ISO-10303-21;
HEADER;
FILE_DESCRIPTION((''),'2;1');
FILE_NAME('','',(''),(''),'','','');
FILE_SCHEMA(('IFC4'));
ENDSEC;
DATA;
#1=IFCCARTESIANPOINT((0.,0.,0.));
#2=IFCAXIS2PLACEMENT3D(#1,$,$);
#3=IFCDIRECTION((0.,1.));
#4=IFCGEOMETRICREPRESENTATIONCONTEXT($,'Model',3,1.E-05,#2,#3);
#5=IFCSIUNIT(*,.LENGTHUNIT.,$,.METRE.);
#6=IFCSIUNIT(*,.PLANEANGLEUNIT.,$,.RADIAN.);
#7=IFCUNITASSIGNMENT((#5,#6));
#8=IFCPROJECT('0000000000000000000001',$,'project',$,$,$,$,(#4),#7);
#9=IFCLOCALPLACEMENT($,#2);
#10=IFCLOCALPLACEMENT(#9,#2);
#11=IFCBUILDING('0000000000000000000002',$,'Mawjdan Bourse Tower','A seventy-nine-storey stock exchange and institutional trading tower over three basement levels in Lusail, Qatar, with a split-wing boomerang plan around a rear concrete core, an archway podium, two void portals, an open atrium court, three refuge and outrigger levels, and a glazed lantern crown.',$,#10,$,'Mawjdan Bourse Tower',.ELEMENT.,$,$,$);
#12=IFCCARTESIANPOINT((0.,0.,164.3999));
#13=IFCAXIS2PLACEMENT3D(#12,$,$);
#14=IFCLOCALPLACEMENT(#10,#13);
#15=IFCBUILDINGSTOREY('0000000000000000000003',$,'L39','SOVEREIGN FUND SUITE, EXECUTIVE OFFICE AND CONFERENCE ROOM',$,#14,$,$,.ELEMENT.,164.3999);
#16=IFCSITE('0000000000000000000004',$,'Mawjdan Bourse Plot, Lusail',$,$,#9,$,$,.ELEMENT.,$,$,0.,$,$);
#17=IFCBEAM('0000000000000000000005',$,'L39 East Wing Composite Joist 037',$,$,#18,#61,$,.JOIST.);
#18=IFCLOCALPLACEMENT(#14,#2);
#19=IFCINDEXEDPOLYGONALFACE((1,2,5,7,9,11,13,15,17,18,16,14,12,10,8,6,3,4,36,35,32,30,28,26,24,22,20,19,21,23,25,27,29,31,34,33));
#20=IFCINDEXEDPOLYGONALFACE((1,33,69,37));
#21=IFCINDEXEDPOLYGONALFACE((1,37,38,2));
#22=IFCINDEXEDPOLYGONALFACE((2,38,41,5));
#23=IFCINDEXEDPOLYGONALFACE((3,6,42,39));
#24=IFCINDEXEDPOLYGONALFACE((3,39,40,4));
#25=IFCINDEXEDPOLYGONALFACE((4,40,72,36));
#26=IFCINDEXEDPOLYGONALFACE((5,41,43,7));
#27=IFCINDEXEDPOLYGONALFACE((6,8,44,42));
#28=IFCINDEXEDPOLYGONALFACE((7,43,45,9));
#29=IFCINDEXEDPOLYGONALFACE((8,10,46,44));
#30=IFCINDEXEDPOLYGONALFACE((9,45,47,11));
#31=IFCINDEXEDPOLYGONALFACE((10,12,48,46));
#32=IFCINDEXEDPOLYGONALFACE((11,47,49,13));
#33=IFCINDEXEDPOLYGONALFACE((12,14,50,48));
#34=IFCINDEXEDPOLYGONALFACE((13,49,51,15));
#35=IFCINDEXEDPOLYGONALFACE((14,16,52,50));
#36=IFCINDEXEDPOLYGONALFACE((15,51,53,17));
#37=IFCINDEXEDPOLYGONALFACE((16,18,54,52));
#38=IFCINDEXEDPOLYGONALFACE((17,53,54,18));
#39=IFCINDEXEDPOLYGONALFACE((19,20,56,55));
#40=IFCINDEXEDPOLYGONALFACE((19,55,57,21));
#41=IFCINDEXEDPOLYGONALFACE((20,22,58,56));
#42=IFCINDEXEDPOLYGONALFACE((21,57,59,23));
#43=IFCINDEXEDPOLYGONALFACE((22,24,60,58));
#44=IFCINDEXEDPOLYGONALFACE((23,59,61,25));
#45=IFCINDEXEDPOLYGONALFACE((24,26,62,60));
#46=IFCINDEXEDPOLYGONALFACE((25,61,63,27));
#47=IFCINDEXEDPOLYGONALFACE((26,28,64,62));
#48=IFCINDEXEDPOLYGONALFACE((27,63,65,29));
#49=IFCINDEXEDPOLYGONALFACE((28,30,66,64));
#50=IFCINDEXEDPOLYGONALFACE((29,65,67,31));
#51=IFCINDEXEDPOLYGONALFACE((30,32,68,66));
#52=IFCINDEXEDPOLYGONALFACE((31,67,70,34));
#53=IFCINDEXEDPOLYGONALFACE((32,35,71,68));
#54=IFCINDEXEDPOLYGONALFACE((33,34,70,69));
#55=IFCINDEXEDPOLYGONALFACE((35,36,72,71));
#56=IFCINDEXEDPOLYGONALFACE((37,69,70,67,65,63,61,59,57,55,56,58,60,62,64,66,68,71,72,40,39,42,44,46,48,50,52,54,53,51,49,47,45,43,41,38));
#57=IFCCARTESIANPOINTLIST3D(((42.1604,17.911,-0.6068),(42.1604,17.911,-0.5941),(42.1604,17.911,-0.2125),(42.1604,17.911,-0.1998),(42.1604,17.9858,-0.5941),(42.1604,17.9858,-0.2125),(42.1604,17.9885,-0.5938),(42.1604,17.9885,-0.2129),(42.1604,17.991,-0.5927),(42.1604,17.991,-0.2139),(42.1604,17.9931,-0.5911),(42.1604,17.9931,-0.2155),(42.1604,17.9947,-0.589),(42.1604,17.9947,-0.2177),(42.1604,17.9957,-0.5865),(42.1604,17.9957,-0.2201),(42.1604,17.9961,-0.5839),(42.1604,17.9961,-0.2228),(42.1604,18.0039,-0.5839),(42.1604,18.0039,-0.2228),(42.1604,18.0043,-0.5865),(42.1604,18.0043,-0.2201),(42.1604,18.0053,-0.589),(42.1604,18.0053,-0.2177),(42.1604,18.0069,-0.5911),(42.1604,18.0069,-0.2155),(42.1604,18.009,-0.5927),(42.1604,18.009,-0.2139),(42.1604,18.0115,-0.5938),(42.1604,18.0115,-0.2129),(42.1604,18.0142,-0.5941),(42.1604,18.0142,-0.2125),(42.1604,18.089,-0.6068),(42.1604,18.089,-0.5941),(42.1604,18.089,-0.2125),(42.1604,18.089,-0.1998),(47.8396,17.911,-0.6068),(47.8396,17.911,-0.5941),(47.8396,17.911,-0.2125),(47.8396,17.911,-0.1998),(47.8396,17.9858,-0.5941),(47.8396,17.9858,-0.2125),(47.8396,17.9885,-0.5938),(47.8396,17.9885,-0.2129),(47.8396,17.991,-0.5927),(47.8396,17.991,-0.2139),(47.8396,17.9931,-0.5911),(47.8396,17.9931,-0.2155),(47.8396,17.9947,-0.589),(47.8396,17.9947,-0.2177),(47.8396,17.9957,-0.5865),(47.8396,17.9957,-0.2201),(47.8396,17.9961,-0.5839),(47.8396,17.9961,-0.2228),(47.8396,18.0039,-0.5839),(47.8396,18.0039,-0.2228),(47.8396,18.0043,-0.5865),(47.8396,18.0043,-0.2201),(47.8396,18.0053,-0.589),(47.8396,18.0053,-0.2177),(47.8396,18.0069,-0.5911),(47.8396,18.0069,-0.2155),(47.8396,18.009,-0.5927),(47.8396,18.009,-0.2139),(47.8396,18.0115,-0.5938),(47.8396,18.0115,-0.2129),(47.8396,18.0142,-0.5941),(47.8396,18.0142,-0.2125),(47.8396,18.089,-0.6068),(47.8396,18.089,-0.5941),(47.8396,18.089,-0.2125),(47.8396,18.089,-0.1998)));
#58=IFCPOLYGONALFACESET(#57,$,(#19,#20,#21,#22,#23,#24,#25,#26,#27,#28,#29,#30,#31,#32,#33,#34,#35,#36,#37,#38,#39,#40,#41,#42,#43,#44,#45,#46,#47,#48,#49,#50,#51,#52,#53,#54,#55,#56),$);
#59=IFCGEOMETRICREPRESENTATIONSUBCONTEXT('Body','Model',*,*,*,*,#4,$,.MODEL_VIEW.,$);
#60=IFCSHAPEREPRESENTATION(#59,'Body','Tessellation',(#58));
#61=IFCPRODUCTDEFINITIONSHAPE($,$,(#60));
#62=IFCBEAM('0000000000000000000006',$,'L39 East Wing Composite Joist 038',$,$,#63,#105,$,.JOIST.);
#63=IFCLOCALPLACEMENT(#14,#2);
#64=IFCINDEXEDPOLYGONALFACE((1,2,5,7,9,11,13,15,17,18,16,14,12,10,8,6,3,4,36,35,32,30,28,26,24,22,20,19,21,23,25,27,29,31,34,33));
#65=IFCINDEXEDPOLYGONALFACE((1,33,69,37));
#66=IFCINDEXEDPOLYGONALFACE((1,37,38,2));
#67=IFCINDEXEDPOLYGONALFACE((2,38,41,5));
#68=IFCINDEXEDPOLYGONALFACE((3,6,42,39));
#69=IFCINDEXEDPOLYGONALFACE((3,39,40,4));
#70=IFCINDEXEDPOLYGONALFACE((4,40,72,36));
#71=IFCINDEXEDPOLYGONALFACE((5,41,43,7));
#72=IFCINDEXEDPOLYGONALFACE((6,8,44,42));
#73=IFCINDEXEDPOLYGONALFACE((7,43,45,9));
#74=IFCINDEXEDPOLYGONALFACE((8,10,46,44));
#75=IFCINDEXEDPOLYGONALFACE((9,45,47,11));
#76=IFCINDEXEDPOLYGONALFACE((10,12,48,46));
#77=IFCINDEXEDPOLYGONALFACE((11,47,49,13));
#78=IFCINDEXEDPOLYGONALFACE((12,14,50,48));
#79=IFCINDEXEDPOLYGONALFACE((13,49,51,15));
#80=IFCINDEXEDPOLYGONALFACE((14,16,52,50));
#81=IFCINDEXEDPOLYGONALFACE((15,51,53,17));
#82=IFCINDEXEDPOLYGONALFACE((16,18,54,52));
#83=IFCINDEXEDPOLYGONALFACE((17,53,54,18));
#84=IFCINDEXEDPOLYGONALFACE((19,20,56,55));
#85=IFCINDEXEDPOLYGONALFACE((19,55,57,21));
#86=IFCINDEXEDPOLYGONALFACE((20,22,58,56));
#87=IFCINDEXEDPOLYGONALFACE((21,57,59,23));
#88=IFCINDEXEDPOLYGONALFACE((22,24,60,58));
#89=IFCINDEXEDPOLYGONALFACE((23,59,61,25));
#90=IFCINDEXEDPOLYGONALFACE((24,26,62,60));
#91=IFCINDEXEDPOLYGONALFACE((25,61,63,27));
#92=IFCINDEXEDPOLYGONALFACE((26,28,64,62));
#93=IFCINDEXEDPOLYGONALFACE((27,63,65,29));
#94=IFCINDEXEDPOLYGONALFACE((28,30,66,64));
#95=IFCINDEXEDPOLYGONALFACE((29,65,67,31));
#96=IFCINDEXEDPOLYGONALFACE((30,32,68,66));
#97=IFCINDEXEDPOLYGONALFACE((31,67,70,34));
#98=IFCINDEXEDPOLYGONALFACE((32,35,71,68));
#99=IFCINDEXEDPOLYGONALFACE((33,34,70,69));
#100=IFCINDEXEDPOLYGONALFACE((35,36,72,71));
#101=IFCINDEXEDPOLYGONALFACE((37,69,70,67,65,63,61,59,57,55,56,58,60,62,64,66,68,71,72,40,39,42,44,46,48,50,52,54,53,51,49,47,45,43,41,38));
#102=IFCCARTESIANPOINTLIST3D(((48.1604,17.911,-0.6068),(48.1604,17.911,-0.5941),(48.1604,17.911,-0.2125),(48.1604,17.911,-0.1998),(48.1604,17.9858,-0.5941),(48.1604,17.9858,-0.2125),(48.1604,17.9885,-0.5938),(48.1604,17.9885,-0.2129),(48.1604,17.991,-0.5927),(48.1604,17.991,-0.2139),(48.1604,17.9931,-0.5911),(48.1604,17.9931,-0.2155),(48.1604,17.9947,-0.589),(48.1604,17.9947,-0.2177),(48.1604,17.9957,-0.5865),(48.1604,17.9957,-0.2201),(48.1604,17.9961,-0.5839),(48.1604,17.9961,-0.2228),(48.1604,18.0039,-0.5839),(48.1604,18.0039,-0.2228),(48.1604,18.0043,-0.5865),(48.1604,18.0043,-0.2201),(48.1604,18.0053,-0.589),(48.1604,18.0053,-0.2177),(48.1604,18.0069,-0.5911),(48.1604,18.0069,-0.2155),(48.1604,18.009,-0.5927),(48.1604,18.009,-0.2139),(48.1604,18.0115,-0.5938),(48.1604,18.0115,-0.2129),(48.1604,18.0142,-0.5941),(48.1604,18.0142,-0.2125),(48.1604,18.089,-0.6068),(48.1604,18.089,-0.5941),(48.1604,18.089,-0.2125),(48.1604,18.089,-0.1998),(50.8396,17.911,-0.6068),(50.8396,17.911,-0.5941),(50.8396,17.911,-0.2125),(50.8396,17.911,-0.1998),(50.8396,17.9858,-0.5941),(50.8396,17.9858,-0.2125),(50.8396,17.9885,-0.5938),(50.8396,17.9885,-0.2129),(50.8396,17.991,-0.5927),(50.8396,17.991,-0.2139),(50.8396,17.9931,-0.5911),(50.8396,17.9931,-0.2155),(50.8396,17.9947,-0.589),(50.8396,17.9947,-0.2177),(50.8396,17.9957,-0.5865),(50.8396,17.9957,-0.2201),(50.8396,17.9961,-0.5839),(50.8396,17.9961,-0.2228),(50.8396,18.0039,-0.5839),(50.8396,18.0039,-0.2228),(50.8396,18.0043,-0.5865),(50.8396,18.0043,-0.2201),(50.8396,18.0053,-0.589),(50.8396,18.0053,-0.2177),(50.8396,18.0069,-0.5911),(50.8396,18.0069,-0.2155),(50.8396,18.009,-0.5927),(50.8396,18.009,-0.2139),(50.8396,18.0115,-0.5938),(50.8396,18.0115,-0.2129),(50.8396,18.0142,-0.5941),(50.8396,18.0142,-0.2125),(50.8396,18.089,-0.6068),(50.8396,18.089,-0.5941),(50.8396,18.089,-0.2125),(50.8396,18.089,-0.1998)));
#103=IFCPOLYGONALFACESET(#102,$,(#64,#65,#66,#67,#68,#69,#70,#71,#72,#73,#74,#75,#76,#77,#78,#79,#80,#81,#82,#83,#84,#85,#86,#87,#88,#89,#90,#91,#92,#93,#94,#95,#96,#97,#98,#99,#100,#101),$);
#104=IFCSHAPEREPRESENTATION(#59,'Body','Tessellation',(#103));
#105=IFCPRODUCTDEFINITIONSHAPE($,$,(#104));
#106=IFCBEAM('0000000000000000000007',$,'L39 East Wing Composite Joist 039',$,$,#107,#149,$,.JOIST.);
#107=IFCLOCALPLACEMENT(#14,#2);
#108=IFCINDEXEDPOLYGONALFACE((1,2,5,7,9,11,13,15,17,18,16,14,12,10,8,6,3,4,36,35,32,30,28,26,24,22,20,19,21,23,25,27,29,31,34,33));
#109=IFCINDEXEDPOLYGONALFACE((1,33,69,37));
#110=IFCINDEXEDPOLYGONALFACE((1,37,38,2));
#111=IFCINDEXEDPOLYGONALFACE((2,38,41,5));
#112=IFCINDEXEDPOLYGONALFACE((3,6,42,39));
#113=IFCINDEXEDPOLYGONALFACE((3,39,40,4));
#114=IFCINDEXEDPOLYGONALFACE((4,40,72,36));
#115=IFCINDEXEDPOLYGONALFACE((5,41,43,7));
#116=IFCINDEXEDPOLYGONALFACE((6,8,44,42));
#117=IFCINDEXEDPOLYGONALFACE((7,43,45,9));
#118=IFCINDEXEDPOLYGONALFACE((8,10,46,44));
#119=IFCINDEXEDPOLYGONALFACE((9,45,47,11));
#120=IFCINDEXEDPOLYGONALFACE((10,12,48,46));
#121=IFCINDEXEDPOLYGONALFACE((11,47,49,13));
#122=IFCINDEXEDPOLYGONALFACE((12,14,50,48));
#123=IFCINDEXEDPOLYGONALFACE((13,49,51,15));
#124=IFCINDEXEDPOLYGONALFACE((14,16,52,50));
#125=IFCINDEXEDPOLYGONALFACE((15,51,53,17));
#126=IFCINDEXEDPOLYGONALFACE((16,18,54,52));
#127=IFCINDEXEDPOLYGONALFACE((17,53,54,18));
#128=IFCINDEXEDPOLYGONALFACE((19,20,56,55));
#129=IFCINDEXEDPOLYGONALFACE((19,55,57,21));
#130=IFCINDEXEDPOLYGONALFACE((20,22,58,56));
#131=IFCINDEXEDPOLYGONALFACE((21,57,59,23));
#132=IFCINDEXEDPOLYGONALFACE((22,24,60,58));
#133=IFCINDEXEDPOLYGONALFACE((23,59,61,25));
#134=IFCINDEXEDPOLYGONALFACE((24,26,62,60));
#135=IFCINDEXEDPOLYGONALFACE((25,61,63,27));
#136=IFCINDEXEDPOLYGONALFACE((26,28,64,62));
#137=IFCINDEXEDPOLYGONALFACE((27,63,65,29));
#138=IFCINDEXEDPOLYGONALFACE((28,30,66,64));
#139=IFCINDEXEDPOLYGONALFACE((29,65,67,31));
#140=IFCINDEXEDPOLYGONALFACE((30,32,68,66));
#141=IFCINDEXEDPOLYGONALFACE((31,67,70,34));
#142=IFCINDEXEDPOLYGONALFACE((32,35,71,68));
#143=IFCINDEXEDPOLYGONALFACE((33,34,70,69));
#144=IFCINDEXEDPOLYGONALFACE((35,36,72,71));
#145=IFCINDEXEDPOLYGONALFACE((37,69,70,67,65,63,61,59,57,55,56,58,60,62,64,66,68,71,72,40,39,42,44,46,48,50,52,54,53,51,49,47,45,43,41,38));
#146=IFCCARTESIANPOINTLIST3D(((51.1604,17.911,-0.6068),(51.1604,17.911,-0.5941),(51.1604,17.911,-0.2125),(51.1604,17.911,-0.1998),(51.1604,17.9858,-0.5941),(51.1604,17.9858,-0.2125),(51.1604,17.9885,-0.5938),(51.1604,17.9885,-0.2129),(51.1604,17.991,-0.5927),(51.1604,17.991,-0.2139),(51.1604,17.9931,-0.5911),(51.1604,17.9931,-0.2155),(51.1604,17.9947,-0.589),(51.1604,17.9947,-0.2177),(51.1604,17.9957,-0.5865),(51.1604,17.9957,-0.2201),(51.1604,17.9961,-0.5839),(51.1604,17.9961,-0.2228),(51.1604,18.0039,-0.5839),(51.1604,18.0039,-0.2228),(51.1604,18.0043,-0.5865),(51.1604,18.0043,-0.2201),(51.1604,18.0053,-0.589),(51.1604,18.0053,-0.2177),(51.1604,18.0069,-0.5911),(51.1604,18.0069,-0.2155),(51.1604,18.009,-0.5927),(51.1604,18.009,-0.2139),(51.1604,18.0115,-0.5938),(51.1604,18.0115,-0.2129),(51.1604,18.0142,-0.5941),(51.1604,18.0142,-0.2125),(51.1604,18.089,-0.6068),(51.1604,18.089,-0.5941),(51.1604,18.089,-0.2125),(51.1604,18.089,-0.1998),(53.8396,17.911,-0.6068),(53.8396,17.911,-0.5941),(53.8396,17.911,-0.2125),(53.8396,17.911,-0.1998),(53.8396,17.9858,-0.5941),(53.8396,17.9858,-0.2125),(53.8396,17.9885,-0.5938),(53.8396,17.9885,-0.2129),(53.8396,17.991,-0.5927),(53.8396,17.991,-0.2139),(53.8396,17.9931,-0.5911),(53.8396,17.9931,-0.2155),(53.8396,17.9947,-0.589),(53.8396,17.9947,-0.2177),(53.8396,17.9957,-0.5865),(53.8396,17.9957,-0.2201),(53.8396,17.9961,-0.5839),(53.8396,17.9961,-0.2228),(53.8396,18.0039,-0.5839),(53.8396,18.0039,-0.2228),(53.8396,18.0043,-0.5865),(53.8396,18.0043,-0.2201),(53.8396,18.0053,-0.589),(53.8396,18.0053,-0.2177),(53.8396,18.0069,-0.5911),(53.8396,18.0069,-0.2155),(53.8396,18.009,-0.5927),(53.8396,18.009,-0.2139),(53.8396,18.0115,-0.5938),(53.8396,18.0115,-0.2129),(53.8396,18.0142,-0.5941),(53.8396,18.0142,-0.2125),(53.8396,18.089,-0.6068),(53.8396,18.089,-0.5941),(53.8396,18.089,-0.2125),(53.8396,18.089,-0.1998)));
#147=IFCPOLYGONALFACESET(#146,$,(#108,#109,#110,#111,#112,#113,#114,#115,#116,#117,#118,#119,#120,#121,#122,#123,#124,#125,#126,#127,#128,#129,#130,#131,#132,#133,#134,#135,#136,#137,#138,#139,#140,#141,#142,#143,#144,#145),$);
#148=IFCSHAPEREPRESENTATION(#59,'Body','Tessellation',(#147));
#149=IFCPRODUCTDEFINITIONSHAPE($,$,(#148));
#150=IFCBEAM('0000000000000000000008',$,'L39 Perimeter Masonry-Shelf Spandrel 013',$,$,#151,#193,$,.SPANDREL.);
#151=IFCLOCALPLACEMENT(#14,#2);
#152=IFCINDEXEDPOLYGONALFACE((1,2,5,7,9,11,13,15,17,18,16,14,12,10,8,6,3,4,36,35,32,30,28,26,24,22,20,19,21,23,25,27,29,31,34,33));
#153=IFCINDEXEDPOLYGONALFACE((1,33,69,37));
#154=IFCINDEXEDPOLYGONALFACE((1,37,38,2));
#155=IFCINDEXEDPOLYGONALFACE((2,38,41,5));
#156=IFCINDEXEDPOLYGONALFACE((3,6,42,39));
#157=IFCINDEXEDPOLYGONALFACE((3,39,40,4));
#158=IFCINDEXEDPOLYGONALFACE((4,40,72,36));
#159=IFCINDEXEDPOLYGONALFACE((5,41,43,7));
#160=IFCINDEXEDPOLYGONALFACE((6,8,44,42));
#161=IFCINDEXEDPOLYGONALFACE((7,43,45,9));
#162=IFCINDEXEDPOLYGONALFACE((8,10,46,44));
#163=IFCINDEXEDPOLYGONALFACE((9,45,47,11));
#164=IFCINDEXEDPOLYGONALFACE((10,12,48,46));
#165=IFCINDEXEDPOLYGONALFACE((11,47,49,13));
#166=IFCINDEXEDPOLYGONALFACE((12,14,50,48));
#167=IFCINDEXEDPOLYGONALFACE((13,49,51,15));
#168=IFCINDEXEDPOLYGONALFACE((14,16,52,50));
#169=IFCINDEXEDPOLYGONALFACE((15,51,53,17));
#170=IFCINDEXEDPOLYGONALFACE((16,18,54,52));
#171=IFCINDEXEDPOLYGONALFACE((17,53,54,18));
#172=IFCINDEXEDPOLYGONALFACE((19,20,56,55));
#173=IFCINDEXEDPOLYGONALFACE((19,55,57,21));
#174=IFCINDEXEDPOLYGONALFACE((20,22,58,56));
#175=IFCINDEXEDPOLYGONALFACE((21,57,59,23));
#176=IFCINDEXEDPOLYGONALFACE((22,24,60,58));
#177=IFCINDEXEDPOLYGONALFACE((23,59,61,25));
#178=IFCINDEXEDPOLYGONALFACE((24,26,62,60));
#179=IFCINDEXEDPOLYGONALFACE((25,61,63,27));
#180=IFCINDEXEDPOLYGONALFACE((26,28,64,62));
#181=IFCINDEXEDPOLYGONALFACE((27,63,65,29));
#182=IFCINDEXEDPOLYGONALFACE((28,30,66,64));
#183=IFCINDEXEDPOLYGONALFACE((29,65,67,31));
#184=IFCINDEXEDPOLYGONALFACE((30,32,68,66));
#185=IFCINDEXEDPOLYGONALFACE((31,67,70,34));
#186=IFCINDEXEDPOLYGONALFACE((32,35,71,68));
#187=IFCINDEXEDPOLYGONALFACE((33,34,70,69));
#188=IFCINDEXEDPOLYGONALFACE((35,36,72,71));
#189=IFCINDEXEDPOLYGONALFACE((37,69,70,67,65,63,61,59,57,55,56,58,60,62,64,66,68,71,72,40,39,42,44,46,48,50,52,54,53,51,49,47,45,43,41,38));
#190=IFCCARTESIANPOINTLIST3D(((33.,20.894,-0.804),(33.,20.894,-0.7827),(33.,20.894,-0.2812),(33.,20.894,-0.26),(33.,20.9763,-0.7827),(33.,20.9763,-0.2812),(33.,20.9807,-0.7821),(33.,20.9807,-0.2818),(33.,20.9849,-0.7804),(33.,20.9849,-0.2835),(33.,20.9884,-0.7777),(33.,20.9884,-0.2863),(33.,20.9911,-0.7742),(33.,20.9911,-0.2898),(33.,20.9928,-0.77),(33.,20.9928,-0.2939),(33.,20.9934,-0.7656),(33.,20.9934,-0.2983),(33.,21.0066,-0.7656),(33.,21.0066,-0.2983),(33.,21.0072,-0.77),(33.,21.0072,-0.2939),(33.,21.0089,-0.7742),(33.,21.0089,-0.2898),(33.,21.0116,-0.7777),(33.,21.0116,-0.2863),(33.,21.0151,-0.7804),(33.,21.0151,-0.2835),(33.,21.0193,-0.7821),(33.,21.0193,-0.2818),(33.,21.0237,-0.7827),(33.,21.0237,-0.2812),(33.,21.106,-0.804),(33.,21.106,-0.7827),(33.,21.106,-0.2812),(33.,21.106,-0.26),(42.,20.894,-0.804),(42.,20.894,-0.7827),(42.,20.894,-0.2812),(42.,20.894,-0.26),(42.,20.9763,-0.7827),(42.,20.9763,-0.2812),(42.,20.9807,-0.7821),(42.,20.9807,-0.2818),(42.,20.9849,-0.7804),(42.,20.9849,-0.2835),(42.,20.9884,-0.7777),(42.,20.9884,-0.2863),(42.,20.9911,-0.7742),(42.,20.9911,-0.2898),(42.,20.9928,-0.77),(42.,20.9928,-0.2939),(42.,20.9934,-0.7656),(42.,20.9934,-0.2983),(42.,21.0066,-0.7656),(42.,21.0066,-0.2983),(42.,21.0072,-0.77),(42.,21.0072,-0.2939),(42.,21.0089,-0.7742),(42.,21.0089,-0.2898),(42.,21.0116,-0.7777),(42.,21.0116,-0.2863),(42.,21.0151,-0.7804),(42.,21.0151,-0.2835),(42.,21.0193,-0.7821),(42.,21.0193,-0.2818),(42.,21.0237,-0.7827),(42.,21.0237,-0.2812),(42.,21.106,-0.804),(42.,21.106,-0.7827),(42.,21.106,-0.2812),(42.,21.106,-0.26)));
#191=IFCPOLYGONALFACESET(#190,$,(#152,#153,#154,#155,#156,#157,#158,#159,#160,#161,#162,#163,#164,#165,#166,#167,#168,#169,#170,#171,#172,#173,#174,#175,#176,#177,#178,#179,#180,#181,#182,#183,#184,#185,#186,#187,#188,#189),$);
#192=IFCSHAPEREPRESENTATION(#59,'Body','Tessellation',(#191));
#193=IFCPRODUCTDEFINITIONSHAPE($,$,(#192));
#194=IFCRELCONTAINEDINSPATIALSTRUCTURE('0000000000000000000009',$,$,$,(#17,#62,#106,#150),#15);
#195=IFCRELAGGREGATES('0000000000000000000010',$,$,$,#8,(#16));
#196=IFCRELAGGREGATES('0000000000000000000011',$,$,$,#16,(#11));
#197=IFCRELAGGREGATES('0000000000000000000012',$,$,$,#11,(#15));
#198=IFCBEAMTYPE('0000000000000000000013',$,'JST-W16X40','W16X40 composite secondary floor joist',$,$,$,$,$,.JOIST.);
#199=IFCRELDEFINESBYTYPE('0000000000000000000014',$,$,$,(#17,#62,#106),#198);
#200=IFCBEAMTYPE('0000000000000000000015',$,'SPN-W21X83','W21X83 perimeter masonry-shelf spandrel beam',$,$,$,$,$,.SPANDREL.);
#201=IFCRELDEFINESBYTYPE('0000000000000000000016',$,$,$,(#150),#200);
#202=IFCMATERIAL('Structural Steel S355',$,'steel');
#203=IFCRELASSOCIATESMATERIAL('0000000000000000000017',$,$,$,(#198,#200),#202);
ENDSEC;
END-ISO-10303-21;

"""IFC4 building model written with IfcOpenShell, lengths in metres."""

from ifc_helpers import new_model, si_unit, direction, frame, origin, origin_2d, place, context, subcontext, project, spatial, i_section, extrude, material, material_profile, profile_set, type_object, element, save


model = new_model("IFC4")

# Units and contexts
model_context = context("Model", 3, precision=1e-05, world=origin(), true_north=direction((0.0, 1.0)))
body_context = subcontext(model_context, "Body", "Model", "MODEL_VIEW")
ifc_project = project(units=[si_unit("LENGTHUNIT", "METRE"), si_unit("PLANEANGLEUNIT", "RADIAN")], contexts=[model_context])

# Site, building, storey
site_placement = place(None, origin())
site = spatial("IfcSite", under=ifc_project, at=site_placement, Name="Mawjdan Bourse Plot, Lusail", CompositionType="ELEMENT", RefElevation=0.0)
building_placement = place(site_placement, origin())
building = spatial("IfcBuilding", under=site, at=building_placement, Name="Mawjdan Bourse Tower", Description="A seventy-nine-storey stock exchange and institutional trading tower over three basement levels in Lusail, Qatar, with a split-wing boomerang plan around a rear concrete core, an archway podium, two void portals, an open atrium court, three refuge and outrigger levels, and a glazed lantern crown.", LongName="Mawjdan Bourse Tower", CompositionType="ELEMENT")
storey_placement = place(building_placement, frame((0.0, 0.0, 164.3999)))
storey = spatial("IfcBuildingStorey", under=building, at=storey_placement, Name="L39", Description="SOVEREIGN FUND SUITE, EXECUTIVE OFFICE AND CONFERENCE ROOM", CompositionType="ELEMENT", Elevation=164.3999)

# Beams
ifc_material_1 = material(Name="Structural Steel S355", Category="steel")
ifc_material_profile_1 = material_profile(ifc_material_1, i_section(OverallWidth=0.178, OverallDepth=0.407, WebThickness=0.0078, FlangeThickness=0.0127, FilletRadius=0.0103, at=origin_2d()), Name="W16X40")
ifc_profile_set_1 = profile_set([ifc_material_profile_1], Name="Structural Steel S355")
beam_type_1 = type_object("IfcBeamType", Name="JST-W16X40", Description="W16X40 composite secondary floor joist", PredefinedType="JOIST", material=ifc_profile_set_1)
beam_1_placement = place(storey_placement, frame((42.1604, 18.0, -0.4033), z_axis=(1.0, 0.0, 0.0), x_axis=(0.0, 1.0, 0.0)))
element("IfcBeam", 1, at=beam_1_placement, inside=storey, type_object=beam_type_1, Name="L39 East Wing Composite Joist 037", PredefinedType="JOIST", context=body_context, shape_type="SweptSolid", body=[
    extrude(i_section(OverallWidth=0.178, OverallDepth=0.407, WebThickness=0.0078, FlangeThickness=0.0127, FilletRadius=0.0103, at=origin_2d()), origin(), (0.0, 0.0, 1.0), 5.6792),
])
for number, where, z_axis, x_axis, name in (
    (2, (48.1604, 18.0, -0.4033), (1.0, 0.0, 0.0), (0.0, 1.0, 0.0), "L39 East Wing Composite Joist 038"),
    (3, (51.1604, 18.0, -0.4033), (1.0, 0.0, 0.0), (0.0, 1.0, 0.0), "L39 East Wing Composite Joist 039"),
):
    element("IfcBeam", number, at=place(storey_placement, frame(where, z_axis=z_axis, x_axis=x_axis)), inside=storey, type_object=beam_type_1, Name=name, PredefinedType="JOIST", context=body_context, shape_type="SweptSolid", body=[
        extrude(i_section(OverallWidth=0.178, OverallDepth=0.407, WebThickness=0.0078, FlangeThickness=0.0127, FilletRadius=0.0103, at=origin_2d()), origin(), (0.0, 0.0, 1.0), 2.6792),
    ])
ifc_material_profile_2 = material_profile(ifc_material_1, i_section(OverallWidth=0.2119, OverallDepth=0.5439, WebThickness=0.0132, FlangeThickness=0.0212, FilletRadius=0.0171, at=origin_2d()), Name="W21X83")
ifc_profile_set_2 = profile_set([ifc_material_profile_2], Name="Structural Steel S355")
beam_type_2 = type_object("IfcBeamType", Name="SPN-W21X83", Description="W21X83 perimeter masonry-shelf spandrel beam", PredefinedType="SPANDREL", material=ifc_profile_set_2)
beam_2_placement = place(storey_placement, frame((33.0, 21.0, -0.532), z_axis=(1.0, 0.0, 0.0), x_axis=(0.0, 1.0, 0.0)))
element("IfcBeam", 4, at=beam_2_placement, inside=storey, type_object=beam_type_2, Name="L39 Perimeter Masonry-Shelf Spandrel 013", PredefinedType="SPANDREL", context=body_context, shape_type="SweptSolid", body=[
    extrude(i_section(OverallWidth=0.2119, OverallDepth=0.5439, WebThickness=0.0132, FlangeThickness=0.0212, FilletRadius=0.0171, at=origin_2d()), origin(), (0.0, 0.0, 1.0), 9.0),
])

save(model, "model.ifc")
